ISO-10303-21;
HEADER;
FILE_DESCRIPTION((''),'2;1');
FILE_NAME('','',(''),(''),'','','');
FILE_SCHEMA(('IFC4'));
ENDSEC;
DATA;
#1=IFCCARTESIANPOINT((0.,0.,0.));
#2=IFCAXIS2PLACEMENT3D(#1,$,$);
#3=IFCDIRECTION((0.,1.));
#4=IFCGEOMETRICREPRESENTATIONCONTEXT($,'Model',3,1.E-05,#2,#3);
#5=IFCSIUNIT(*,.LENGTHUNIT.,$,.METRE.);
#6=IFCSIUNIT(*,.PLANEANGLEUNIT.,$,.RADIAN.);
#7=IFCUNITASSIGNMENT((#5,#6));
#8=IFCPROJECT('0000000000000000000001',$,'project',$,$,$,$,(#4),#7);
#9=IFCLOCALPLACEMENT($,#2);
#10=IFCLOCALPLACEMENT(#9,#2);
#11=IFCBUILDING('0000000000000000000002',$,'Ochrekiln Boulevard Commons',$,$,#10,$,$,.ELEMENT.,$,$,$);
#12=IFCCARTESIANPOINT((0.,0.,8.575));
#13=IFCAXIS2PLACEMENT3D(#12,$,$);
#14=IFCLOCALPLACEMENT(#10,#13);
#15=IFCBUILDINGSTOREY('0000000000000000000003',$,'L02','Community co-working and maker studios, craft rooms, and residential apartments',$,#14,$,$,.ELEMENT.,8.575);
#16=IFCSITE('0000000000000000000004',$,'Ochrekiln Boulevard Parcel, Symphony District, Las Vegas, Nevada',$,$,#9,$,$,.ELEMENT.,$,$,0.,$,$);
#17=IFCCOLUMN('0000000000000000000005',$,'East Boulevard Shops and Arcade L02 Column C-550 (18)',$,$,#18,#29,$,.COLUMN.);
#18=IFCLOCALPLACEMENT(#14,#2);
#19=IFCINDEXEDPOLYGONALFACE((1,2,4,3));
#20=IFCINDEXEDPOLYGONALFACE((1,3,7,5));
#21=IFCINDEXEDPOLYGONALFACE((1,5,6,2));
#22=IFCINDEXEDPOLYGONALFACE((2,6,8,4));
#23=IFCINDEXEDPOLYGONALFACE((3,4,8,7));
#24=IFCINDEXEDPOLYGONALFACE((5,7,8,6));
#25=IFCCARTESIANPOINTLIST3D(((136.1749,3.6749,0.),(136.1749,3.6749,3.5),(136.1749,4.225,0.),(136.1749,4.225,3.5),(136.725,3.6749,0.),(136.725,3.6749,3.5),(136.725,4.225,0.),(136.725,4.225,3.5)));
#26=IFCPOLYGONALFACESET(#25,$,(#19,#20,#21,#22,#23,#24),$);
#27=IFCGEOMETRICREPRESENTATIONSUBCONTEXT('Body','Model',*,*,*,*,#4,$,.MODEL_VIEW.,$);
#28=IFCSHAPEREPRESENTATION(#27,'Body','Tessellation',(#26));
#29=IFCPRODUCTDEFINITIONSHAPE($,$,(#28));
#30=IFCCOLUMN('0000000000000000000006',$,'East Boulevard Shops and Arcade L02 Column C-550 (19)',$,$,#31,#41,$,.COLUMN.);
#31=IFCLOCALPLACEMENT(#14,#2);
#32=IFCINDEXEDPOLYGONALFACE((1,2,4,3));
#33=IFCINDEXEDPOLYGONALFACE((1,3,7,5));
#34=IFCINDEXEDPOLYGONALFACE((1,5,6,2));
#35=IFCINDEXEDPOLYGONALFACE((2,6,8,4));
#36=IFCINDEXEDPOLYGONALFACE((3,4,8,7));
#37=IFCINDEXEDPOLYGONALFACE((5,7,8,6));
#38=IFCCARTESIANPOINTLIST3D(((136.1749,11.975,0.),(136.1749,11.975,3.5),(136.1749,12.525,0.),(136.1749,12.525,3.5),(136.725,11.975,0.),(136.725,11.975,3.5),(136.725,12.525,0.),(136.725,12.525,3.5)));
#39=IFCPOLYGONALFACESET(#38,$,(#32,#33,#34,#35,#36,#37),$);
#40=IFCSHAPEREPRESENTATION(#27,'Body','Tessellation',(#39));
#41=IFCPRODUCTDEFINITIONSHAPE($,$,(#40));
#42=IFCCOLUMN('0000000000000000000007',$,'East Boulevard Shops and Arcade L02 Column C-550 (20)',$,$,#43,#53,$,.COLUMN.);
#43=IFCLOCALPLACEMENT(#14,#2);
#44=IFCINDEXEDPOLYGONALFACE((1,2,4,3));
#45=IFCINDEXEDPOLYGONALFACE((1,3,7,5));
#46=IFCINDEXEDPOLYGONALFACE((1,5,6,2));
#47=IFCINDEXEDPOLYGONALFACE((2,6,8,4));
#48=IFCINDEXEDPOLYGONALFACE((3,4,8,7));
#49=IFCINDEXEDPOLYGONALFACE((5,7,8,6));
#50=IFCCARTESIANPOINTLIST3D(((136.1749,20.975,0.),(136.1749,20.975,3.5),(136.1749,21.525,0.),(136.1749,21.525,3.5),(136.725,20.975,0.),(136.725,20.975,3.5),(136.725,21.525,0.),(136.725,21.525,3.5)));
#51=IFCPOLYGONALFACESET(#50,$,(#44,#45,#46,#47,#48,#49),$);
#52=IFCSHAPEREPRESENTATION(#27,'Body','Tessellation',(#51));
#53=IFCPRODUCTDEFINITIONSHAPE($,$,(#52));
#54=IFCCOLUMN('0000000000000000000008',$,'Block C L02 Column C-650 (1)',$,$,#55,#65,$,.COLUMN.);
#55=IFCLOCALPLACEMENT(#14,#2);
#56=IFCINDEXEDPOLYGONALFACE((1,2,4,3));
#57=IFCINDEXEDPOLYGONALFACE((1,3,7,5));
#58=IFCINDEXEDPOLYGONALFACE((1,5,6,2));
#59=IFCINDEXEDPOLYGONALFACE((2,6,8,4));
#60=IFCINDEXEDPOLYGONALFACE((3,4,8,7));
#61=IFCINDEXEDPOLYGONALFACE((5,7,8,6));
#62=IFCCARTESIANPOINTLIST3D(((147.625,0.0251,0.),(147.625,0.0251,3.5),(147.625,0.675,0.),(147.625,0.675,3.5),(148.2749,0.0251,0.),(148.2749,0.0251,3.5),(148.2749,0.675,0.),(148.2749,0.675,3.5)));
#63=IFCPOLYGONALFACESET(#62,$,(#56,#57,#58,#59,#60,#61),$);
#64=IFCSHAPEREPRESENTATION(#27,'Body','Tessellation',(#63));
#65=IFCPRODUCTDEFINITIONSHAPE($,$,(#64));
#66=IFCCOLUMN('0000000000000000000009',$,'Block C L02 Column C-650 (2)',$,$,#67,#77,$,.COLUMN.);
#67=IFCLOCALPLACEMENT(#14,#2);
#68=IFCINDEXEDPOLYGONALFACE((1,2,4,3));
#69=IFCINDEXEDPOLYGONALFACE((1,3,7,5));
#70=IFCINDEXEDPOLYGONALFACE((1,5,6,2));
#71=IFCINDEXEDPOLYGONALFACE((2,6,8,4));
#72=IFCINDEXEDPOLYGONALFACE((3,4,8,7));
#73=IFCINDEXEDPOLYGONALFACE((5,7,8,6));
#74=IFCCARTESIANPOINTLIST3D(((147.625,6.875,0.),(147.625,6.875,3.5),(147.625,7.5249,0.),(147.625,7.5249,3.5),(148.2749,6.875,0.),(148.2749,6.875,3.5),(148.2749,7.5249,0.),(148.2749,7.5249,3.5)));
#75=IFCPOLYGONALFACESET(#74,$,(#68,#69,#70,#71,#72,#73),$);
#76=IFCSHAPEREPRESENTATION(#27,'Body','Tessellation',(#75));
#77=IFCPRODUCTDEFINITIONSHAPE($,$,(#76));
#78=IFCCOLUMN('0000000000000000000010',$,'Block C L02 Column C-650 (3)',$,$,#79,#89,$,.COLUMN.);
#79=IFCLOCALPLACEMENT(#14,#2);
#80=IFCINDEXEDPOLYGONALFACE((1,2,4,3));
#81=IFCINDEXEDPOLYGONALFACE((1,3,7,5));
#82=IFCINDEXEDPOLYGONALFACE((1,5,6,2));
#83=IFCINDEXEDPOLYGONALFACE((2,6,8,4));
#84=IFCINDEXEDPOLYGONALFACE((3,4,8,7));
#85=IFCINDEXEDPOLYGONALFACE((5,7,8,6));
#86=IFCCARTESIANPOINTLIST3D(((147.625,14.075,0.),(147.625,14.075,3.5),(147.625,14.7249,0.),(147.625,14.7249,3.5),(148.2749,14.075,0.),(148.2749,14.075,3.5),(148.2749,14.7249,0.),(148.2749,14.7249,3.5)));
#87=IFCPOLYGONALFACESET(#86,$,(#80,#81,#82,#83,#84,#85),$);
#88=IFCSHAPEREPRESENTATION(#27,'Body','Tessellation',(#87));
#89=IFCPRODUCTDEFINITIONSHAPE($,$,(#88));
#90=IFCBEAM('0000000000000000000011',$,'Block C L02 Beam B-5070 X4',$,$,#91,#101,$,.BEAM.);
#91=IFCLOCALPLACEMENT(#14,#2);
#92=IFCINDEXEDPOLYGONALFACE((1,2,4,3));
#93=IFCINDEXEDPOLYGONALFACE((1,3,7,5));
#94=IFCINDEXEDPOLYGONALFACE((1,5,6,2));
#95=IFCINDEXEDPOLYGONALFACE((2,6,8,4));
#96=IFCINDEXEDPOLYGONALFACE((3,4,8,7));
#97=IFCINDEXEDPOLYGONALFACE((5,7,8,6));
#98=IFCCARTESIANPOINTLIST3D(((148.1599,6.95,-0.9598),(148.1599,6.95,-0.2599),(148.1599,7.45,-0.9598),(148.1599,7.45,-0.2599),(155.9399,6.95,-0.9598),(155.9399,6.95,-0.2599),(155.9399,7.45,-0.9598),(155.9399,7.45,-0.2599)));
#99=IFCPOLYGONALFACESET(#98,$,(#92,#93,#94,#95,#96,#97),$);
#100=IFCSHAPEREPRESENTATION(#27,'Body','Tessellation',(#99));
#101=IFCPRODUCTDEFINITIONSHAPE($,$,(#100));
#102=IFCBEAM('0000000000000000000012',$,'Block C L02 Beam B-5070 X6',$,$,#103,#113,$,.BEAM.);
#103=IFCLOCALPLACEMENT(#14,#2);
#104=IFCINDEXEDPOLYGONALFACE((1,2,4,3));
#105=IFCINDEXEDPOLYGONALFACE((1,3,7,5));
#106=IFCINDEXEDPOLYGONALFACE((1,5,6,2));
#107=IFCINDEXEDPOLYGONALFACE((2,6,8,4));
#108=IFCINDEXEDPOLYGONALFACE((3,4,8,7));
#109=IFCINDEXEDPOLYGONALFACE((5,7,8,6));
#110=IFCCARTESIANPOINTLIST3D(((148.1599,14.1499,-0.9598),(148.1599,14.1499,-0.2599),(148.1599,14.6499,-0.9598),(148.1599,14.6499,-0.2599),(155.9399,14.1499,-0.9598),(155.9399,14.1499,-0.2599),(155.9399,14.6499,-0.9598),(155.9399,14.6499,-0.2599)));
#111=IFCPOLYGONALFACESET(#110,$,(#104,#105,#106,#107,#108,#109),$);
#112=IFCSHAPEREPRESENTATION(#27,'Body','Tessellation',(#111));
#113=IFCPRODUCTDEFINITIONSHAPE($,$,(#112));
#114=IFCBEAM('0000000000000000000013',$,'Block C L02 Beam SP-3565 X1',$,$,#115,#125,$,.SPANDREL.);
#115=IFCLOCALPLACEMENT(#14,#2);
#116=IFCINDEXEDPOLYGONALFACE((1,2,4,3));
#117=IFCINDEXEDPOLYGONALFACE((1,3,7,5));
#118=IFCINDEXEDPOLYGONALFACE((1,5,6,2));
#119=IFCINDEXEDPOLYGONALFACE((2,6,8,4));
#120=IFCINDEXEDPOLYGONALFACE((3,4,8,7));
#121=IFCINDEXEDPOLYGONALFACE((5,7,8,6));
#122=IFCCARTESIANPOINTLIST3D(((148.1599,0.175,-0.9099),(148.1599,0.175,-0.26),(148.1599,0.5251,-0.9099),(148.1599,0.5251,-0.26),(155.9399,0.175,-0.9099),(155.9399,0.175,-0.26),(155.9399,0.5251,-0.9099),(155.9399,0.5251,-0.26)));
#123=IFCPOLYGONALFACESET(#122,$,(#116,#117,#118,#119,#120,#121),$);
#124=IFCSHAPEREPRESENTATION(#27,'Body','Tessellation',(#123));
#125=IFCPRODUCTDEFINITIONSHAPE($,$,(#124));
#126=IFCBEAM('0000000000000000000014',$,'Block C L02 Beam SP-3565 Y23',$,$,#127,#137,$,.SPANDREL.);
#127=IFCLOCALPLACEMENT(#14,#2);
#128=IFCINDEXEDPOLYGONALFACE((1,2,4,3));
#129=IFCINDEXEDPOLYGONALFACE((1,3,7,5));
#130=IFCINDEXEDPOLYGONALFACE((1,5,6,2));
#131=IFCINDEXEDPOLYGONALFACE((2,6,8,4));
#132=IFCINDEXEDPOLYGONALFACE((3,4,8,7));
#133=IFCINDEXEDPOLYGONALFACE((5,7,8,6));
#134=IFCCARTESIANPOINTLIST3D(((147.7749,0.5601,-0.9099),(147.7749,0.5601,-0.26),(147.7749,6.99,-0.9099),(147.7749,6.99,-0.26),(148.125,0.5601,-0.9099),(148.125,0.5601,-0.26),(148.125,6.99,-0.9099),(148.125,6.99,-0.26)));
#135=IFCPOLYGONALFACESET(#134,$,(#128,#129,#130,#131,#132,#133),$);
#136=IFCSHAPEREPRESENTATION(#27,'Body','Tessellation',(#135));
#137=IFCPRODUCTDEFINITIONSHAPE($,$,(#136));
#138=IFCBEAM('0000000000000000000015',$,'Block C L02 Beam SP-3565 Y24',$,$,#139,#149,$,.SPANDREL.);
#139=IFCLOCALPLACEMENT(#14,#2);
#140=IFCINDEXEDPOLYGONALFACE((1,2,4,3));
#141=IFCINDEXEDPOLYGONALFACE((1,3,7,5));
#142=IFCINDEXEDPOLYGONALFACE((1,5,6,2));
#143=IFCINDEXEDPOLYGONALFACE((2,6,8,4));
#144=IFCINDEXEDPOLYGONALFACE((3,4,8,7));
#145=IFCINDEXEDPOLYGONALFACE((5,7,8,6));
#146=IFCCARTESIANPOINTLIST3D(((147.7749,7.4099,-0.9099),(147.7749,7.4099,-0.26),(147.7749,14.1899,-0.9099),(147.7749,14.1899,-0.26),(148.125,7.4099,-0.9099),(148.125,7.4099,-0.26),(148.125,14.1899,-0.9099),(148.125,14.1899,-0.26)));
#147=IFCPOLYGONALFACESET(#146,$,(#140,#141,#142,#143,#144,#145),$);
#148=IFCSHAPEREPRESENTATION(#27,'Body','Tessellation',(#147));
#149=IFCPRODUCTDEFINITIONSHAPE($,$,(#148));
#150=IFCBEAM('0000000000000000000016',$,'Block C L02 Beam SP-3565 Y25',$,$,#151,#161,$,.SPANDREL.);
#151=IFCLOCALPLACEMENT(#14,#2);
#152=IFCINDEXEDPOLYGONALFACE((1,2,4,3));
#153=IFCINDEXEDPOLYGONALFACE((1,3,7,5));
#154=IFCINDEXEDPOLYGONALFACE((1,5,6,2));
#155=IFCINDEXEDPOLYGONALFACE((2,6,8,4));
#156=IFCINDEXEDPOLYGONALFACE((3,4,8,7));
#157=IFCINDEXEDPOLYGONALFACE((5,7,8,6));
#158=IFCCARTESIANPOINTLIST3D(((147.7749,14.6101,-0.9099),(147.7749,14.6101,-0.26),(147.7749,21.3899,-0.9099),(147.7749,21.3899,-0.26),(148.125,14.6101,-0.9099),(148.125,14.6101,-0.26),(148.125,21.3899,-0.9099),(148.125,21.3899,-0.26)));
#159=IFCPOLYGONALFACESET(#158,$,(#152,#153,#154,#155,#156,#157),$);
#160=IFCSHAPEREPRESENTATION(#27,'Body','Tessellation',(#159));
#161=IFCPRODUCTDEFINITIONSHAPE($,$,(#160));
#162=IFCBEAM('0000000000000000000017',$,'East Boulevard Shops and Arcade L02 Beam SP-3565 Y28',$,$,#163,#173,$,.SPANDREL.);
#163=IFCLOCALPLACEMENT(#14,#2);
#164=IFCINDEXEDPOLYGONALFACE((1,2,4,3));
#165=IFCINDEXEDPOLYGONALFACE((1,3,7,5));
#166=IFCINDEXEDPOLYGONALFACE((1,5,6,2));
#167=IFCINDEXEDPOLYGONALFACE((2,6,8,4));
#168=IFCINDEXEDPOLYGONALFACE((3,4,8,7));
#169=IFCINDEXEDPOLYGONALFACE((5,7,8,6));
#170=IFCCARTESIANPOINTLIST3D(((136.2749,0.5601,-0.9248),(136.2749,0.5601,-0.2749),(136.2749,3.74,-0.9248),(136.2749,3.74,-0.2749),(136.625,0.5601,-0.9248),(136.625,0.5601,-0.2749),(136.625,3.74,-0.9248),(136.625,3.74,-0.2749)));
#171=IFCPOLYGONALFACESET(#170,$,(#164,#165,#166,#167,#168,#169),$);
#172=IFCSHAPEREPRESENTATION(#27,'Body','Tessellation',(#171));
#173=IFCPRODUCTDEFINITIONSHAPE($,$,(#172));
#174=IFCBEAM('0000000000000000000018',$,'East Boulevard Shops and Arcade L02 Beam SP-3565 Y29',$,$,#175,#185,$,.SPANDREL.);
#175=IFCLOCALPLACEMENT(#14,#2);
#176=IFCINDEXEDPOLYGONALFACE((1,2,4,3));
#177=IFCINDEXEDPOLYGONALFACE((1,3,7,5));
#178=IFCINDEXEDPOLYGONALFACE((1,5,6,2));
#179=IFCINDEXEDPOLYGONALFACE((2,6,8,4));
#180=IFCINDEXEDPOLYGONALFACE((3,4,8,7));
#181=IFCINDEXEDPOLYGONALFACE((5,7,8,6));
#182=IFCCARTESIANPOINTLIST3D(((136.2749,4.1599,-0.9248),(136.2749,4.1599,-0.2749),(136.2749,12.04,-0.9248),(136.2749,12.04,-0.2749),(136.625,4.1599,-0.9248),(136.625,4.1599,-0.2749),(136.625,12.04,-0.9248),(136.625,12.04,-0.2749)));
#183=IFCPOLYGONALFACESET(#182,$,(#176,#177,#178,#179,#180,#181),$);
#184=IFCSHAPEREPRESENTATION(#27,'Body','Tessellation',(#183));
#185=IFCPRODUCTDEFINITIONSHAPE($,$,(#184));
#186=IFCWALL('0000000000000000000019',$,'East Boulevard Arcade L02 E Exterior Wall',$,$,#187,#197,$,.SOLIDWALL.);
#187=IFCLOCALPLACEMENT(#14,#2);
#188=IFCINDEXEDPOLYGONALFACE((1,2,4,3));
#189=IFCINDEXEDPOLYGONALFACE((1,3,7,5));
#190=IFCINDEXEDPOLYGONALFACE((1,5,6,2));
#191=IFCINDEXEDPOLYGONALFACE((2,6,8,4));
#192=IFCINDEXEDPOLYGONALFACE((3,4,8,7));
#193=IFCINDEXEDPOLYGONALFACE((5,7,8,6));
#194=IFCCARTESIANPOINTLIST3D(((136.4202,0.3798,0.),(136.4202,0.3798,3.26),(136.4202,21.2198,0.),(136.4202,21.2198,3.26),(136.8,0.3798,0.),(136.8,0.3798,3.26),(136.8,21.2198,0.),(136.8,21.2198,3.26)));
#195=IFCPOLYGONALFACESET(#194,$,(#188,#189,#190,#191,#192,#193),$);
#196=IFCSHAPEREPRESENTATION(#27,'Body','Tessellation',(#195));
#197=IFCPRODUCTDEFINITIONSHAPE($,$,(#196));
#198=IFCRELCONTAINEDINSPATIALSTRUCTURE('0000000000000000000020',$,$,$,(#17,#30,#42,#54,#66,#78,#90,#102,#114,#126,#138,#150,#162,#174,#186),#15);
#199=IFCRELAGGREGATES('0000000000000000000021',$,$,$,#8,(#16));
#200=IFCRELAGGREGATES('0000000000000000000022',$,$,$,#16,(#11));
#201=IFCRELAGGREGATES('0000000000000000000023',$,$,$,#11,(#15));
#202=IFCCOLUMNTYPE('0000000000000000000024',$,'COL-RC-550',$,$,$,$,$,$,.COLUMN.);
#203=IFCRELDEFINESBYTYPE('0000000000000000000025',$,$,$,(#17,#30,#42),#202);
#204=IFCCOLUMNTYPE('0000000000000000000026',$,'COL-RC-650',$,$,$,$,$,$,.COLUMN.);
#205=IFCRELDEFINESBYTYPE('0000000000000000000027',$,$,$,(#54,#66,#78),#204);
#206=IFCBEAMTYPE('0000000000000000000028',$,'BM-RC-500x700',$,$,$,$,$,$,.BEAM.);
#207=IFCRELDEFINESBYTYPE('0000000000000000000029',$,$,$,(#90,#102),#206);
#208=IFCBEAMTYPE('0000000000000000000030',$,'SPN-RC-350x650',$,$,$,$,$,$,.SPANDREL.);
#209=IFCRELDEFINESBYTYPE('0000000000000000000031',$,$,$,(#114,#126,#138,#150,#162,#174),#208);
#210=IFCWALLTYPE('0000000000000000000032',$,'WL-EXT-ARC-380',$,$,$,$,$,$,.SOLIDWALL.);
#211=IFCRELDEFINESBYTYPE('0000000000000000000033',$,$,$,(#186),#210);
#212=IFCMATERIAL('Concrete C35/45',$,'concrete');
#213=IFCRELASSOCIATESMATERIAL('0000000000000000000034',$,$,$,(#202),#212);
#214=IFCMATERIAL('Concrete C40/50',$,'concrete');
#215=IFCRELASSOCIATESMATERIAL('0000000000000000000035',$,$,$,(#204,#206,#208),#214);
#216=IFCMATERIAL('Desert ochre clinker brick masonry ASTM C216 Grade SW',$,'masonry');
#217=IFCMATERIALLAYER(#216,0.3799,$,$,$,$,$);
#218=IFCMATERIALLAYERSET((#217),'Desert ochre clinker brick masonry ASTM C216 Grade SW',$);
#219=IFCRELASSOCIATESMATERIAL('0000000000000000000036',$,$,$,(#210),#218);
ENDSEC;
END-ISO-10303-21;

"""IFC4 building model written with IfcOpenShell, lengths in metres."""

from ifc_helpers import new_model, si_unit, direction, frame, frame_2d, origin, origin_2d, place, context, subcontext, project, spatial, rectangle, extrude, material, layer, layer_set, material_profile, profile_set, type_object, element, save


model = new_model("IFC4")

# Units and contexts
model_context = context("Model", 3, precision=1e-05, world=origin(), true_north=direction((0.0, 1.0)))
body_context = subcontext(model_context, "Body", "Model", "MODEL_VIEW")
ifc_project = project(units=[si_unit("LENGTHUNIT", "METRE"), si_unit("PLANEANGLEUNIT", "RADIAN")], contexts=[model_context])

# Site, building, storey
site_placement = place(None, origin())
site = spatial("IfcSite", under=ifc_project, at=site_placement, Name="Ochrekiln Boulevard Parcel, Symphony District, Las Vegas, Nevada", CompositionType="ELEMENT", RefElevation=0.0)
building_placement = place(site_placement, origin())
building = spatial("IfcBuilding", under=site, at=building_placement, Name="Ochrekiln Boulevard Commons", CompositionType="ELEMENT")
storey_placement = place(building_placement, frame((0.0, 0.0, 8.575)))
storey = spatial("IfcBuildingStorey", under=building, at=storey_placement, Name="L02", Description="Community co-working and maker studios, craft rooms, and residential apartments", CompositionType="ELEMENT", Elevation=8.575)

# Columns
ifc_material_1 = material(Name="Concrete C35/45", Category="concrete")
ifc_material_profile_1 = material_profile(ifc_material_1, rectangle(XDim=0.55, YDim=0.55, at=origin_2d()), Name="RC-COL-550x550")
ifc_profile_set_1 = profile_set([ifc_material_profile_1], Name="Concrete C35/45")
column_type_1 = type_object("IfcColumnType", Name="COL-RC-550", PredefinedType="COLUMN", material=ifc_profile_set_1)
for number, where, z_axis, x_axis, name in (
    (1, (136.45, 3.95, 0.0), (0.0, 0.0, 1.0), (1.0, 0.0, 0.0), "East Boulevard Shops and Arcade L02 Column C-550 (18)"),
    (2, (136.45, 12.25, 0.0), (0.0, 0.0, 1.0), (1.0, 0.0, 0.0), "East Boulevard Shops and Arcade L02 Column C-550 (19)"),
    (3, (136.45, 21.25, 0.0), (0.0, 0.0, 1.0), (1.0, 0.0, 0.0), "East Boulevard Shops and Arcade L02 Column C-550 (20)"),
):
    element("IfcColumn", number, at=place(storey_placement, frame(where, z_axis=z_axis, x_axis=x_axis)), inside=storey, type_object=column_type_1, Name=name, PredefinedType="COLUMN", context=body_context, shape_type="SweptSolid", body=[
        extrude(rectangle(XDim=0.55, YDim=0.55, at=origin_2d()), origin(), (0.0, 0.0, 1.0), 3.5),
    ])
ifc_material_2 = material(Name="Concrete C40/50", Category="concrete")
ifc_material_profile_2 = material_profile(ifc_material_2, rectangle(XDim=0.6499, YDim=0.6499, at=origin_2d()), Name="RC-COL-650x650")
ifc_profile_set_2 = profile_set([ifc_material_profile_2], Name="Concrete C40/50")
column_type_2 = type_object("IfcColumnType", Name="COL-RC-650", PredefinedType="COLUMN", material=ifc_profile_set_2)
for number, where, z_axis, x_axis, name in (
    (4, (147.95, 0.3501, 0.0), (0.0, 0.0, 1.0), (1.0, 0.0, 0.0), "Block C L02 Column C-650 (1)"),
    (5, (147.95, 7.2, 0.0), (0.0, 0.0, 1.0), (1.0, 0.0, 0.0), "Block C L02 Column C-650 (2)"),
    (6, (147.95, 14.3999, 0.0), (0.0, 0.0, 1.0), (1.0, 0.0, 0.0), "Block C L02 Column C-650 (3)"),
):
    element("IfcColumn", number, at=place(storey_placement, frame(where, z_axis=z_axis, x_axis=x_axis)), inside=storey, type_object=column_type_2, Name=name, PredefinedType="COLUMN", context=body_context, shape_type="SweptSolid", body=[
        extrude(rectangle(XDim=0.6499, YDim=0.6499, at=origin_2d()), origin(), (0.0, 0.0, 1.0), 3.5),
    ])

# Beams
ifc_material_profile_3 = material_profile(ifc_material_2, rectangle(XDim=0.5, YDim=0.7, at=origin_2d()), Name="RC-BM-500x700")
ifc_profile_set_3 = profile_set([ifc_material_profile_3], Name="Concrete C40/50")
beam_type_1 = type_object("IfcBeamType", Name="BM-RC-500x700", PredefinedType="BEAM", material=ifc_profile_set_3)
for number, where, z_axis, x_axis, name in (
    (7, (148.1599, 7.2, -0.6099), (1.0, 0.0, 0.0), (0.0, 1.0, 0.0), "Block C L02 Beam B-5070 X4"),
    (8, (148.1599, 14.3999, -0.6099), (1.0, 0.0, 0.0), (0.0, 1.0, 0.0), "Block C L02 Beam B-5070 X6"),
):
    element("IfcBeam", number, at=place(storey_placement, frame(where, z_axis=z_axis, x_axis=x_axis)), inside=storey, type_object=beam_type_1, Name=name, PredefinedType="BEAM", context=body_context, shape_type="SweptSolid", body=[
        extrude(rectangle(XDim=0.5, YDim=0.7, at=origin_2d()), origin(), (0.0, 0.0, 1.0), 7.78),
    ])
ifc_material_profile_4 = material_profile(ifc_material_2, rectangle(XDim=0.3501, YDim=0.6499, at=origin_2d()), Name="RC-SPN-350x650")
ifc_profile_set_4 = profile_set([ifc_material_profile_4], Name="Concrete C40/50")
beam_type_2 = type_object("IfcBeamType", Name="SPN-RC-350x650", PredefinedType="SPANDREL", material=ifc_profile_set_4)
beam_1_placement = place(storey_placement, frame((148.1599, 0.3501, -0.585), z_axis=(1.0, 0.0, 0.0), x_axis=(0.0, 1.0, 0.0)))
element("IfcBeam", 9, at=beam_1_placement, inside=storey, type_object=beam_type_2, Name="Block C L02 Beam SP-3565 X1", PredefinedType="SPANDREL", context=body_context, shape_type="SweptSolid", body=[
    extrude(rectangle(XDim=0.3501, YDim=0.6499, at=origin_2d()), origin(), (0.0, 0.0, 1.0), 7.78),
])
beam_2_placement = place(storey_placement, frame((147.95, 0.5601, -0.585), z_axis=(0.0, 1.0, 0.0), x_axis=(-1.0, 0.0, 0.0)))
element("IfcBeam", 10, at=beam_2_placement, inside=storey, type_object=beam_type_2, Name="Block C L02 Beam SP-3565 Y23", PredefinedType="SPANDREL", context=body_context, shape_type="SweptSolid", body=[
    extrude(rectangle(XDim=0.3501, YDim=0.6499, at=origin_2d()), origin(), (0.0, 0.0, 1.0), 6.4299),
])
beam_3_placement = place(storey_placement, frame((147.95, 7.4099, -0.585), z_axis=(0.0, 1.0, 0.0), x_axis=(-1.0, 0.0, 0.0)))
element("IfcBeam", 11, at=beam_3_placement, inside=storey, type_object=beam_type_2, Name="Block C L02 Beam SP-3565 Y24", PredefinedType="SPANDREL", context=body_context, shape_type="SweptSolid", body=[
    extrude(rectangle(XDim=0.3501, YDim=0.6499, at=origin_2d()), origin(), (0.0, 0.0, 1.0), 6.78),
])
beam_4_placement = place(storey_placement, frame((147.95, 14.6101, -0.585), z_axis=(0.0, 1.0, 0.0), x_axis=(-1.0, 0.0, 0.0)))
element("IfcBeam", 12, at=beam_4_placement, inside=storey, type_object=beam_type_2, Name="Block C L02 Beam SP-3565 Y25", PredefinedType="SPANDREL", context=body_context, shape_type="SweptSolid", body=[
    extrude(rectangle(XDim=0.3501, YDim=0.6499, at=origin_2d()), origin(), (0.0, 0.0, 1.0), 6.7798),
])
beam_5_placement = place(storey_placement, frame((136.45, 0.5601, -0.5999), z_axis=(0.0, 1.0, 0.0), x_axis=(-1.0, 0.0, 0.0)))
element("IfcBeam", 13, at=beam_5_placement, inside=storey, type_object=beam_type_2, Name="East Boulevard Shops and Arcade L02 Beam SP-3565 Y28", PredefinedType="SPANDREL", context=body_context, shape_type="SweptSolid", body=[
    extrude(rectangle(XDim=0.3501, YDim=0.6499, at=origin_2d()), origin(), (0.0, 0.0, 1.0), 3.1799),
])
beam_6_placement = place(storey_placement, frame((136.45, 4.1599, -0.5999), z_axis=(0.0, 1.0, 0.0), x_axis=(-1.0, 0.0, 0.0)))
element("IfcBeam", 14, at=beam_6_placement, inside=storey, type_object=beam_type_2, Name="East Boulevard Shops and Arcade L02 Beam SP-3565 Y29", PredefinedType="SPANDREL", context=body_context, shape_type="SweptSolid", body=[
    extrude(rectangle(XDim=0.3501, YDim=0.6499, at=origin_2d()), origin(), (0.0, 0.0, 1.0), 7.8801),
])

# Wall
ifc_material_3 = material(Name="Desert ochre clinker brick masonry ASTM C216 Grade SW", Category="masonry")
ifc_layer_1 = layer(ifc_material_3, 0.3799)
ifc_layer_set_1 = layer_set([ifc_layer_1], Name="Desert ochre clinker brick masonry ASTM C216 Grade SW")
wall_type_1 = type_object("IfcWallType", Name="WL-EXT-ARC-380", PredefinedType="SOLIDWALL", material=ifc_layer_set_1)
wall_1_placement = place(storey_placement, frame((136.6101, 0.3799, 0.0), z_axis=(0.0, 0.0, 1.0), x_axis=(0.0, 1.0, 0.0)))
element("IfcWall", 15, at=wall_1_placement, inside=storey, type_object=wall_type_1, Name="East Boulevard Arcade L02 E Exterior Wall", PredefinedType="SOLIDWALL", context=body_context, shape_type="SweptSolid", body=[
    extrude(rectangle(XDim=20.8401, YDim=0.3799, at=frame_2d((10.4199, 0.0))), origin(), (0.0, 0.0, 1.0), 3.26),
])

save(model, "model.ifc")
